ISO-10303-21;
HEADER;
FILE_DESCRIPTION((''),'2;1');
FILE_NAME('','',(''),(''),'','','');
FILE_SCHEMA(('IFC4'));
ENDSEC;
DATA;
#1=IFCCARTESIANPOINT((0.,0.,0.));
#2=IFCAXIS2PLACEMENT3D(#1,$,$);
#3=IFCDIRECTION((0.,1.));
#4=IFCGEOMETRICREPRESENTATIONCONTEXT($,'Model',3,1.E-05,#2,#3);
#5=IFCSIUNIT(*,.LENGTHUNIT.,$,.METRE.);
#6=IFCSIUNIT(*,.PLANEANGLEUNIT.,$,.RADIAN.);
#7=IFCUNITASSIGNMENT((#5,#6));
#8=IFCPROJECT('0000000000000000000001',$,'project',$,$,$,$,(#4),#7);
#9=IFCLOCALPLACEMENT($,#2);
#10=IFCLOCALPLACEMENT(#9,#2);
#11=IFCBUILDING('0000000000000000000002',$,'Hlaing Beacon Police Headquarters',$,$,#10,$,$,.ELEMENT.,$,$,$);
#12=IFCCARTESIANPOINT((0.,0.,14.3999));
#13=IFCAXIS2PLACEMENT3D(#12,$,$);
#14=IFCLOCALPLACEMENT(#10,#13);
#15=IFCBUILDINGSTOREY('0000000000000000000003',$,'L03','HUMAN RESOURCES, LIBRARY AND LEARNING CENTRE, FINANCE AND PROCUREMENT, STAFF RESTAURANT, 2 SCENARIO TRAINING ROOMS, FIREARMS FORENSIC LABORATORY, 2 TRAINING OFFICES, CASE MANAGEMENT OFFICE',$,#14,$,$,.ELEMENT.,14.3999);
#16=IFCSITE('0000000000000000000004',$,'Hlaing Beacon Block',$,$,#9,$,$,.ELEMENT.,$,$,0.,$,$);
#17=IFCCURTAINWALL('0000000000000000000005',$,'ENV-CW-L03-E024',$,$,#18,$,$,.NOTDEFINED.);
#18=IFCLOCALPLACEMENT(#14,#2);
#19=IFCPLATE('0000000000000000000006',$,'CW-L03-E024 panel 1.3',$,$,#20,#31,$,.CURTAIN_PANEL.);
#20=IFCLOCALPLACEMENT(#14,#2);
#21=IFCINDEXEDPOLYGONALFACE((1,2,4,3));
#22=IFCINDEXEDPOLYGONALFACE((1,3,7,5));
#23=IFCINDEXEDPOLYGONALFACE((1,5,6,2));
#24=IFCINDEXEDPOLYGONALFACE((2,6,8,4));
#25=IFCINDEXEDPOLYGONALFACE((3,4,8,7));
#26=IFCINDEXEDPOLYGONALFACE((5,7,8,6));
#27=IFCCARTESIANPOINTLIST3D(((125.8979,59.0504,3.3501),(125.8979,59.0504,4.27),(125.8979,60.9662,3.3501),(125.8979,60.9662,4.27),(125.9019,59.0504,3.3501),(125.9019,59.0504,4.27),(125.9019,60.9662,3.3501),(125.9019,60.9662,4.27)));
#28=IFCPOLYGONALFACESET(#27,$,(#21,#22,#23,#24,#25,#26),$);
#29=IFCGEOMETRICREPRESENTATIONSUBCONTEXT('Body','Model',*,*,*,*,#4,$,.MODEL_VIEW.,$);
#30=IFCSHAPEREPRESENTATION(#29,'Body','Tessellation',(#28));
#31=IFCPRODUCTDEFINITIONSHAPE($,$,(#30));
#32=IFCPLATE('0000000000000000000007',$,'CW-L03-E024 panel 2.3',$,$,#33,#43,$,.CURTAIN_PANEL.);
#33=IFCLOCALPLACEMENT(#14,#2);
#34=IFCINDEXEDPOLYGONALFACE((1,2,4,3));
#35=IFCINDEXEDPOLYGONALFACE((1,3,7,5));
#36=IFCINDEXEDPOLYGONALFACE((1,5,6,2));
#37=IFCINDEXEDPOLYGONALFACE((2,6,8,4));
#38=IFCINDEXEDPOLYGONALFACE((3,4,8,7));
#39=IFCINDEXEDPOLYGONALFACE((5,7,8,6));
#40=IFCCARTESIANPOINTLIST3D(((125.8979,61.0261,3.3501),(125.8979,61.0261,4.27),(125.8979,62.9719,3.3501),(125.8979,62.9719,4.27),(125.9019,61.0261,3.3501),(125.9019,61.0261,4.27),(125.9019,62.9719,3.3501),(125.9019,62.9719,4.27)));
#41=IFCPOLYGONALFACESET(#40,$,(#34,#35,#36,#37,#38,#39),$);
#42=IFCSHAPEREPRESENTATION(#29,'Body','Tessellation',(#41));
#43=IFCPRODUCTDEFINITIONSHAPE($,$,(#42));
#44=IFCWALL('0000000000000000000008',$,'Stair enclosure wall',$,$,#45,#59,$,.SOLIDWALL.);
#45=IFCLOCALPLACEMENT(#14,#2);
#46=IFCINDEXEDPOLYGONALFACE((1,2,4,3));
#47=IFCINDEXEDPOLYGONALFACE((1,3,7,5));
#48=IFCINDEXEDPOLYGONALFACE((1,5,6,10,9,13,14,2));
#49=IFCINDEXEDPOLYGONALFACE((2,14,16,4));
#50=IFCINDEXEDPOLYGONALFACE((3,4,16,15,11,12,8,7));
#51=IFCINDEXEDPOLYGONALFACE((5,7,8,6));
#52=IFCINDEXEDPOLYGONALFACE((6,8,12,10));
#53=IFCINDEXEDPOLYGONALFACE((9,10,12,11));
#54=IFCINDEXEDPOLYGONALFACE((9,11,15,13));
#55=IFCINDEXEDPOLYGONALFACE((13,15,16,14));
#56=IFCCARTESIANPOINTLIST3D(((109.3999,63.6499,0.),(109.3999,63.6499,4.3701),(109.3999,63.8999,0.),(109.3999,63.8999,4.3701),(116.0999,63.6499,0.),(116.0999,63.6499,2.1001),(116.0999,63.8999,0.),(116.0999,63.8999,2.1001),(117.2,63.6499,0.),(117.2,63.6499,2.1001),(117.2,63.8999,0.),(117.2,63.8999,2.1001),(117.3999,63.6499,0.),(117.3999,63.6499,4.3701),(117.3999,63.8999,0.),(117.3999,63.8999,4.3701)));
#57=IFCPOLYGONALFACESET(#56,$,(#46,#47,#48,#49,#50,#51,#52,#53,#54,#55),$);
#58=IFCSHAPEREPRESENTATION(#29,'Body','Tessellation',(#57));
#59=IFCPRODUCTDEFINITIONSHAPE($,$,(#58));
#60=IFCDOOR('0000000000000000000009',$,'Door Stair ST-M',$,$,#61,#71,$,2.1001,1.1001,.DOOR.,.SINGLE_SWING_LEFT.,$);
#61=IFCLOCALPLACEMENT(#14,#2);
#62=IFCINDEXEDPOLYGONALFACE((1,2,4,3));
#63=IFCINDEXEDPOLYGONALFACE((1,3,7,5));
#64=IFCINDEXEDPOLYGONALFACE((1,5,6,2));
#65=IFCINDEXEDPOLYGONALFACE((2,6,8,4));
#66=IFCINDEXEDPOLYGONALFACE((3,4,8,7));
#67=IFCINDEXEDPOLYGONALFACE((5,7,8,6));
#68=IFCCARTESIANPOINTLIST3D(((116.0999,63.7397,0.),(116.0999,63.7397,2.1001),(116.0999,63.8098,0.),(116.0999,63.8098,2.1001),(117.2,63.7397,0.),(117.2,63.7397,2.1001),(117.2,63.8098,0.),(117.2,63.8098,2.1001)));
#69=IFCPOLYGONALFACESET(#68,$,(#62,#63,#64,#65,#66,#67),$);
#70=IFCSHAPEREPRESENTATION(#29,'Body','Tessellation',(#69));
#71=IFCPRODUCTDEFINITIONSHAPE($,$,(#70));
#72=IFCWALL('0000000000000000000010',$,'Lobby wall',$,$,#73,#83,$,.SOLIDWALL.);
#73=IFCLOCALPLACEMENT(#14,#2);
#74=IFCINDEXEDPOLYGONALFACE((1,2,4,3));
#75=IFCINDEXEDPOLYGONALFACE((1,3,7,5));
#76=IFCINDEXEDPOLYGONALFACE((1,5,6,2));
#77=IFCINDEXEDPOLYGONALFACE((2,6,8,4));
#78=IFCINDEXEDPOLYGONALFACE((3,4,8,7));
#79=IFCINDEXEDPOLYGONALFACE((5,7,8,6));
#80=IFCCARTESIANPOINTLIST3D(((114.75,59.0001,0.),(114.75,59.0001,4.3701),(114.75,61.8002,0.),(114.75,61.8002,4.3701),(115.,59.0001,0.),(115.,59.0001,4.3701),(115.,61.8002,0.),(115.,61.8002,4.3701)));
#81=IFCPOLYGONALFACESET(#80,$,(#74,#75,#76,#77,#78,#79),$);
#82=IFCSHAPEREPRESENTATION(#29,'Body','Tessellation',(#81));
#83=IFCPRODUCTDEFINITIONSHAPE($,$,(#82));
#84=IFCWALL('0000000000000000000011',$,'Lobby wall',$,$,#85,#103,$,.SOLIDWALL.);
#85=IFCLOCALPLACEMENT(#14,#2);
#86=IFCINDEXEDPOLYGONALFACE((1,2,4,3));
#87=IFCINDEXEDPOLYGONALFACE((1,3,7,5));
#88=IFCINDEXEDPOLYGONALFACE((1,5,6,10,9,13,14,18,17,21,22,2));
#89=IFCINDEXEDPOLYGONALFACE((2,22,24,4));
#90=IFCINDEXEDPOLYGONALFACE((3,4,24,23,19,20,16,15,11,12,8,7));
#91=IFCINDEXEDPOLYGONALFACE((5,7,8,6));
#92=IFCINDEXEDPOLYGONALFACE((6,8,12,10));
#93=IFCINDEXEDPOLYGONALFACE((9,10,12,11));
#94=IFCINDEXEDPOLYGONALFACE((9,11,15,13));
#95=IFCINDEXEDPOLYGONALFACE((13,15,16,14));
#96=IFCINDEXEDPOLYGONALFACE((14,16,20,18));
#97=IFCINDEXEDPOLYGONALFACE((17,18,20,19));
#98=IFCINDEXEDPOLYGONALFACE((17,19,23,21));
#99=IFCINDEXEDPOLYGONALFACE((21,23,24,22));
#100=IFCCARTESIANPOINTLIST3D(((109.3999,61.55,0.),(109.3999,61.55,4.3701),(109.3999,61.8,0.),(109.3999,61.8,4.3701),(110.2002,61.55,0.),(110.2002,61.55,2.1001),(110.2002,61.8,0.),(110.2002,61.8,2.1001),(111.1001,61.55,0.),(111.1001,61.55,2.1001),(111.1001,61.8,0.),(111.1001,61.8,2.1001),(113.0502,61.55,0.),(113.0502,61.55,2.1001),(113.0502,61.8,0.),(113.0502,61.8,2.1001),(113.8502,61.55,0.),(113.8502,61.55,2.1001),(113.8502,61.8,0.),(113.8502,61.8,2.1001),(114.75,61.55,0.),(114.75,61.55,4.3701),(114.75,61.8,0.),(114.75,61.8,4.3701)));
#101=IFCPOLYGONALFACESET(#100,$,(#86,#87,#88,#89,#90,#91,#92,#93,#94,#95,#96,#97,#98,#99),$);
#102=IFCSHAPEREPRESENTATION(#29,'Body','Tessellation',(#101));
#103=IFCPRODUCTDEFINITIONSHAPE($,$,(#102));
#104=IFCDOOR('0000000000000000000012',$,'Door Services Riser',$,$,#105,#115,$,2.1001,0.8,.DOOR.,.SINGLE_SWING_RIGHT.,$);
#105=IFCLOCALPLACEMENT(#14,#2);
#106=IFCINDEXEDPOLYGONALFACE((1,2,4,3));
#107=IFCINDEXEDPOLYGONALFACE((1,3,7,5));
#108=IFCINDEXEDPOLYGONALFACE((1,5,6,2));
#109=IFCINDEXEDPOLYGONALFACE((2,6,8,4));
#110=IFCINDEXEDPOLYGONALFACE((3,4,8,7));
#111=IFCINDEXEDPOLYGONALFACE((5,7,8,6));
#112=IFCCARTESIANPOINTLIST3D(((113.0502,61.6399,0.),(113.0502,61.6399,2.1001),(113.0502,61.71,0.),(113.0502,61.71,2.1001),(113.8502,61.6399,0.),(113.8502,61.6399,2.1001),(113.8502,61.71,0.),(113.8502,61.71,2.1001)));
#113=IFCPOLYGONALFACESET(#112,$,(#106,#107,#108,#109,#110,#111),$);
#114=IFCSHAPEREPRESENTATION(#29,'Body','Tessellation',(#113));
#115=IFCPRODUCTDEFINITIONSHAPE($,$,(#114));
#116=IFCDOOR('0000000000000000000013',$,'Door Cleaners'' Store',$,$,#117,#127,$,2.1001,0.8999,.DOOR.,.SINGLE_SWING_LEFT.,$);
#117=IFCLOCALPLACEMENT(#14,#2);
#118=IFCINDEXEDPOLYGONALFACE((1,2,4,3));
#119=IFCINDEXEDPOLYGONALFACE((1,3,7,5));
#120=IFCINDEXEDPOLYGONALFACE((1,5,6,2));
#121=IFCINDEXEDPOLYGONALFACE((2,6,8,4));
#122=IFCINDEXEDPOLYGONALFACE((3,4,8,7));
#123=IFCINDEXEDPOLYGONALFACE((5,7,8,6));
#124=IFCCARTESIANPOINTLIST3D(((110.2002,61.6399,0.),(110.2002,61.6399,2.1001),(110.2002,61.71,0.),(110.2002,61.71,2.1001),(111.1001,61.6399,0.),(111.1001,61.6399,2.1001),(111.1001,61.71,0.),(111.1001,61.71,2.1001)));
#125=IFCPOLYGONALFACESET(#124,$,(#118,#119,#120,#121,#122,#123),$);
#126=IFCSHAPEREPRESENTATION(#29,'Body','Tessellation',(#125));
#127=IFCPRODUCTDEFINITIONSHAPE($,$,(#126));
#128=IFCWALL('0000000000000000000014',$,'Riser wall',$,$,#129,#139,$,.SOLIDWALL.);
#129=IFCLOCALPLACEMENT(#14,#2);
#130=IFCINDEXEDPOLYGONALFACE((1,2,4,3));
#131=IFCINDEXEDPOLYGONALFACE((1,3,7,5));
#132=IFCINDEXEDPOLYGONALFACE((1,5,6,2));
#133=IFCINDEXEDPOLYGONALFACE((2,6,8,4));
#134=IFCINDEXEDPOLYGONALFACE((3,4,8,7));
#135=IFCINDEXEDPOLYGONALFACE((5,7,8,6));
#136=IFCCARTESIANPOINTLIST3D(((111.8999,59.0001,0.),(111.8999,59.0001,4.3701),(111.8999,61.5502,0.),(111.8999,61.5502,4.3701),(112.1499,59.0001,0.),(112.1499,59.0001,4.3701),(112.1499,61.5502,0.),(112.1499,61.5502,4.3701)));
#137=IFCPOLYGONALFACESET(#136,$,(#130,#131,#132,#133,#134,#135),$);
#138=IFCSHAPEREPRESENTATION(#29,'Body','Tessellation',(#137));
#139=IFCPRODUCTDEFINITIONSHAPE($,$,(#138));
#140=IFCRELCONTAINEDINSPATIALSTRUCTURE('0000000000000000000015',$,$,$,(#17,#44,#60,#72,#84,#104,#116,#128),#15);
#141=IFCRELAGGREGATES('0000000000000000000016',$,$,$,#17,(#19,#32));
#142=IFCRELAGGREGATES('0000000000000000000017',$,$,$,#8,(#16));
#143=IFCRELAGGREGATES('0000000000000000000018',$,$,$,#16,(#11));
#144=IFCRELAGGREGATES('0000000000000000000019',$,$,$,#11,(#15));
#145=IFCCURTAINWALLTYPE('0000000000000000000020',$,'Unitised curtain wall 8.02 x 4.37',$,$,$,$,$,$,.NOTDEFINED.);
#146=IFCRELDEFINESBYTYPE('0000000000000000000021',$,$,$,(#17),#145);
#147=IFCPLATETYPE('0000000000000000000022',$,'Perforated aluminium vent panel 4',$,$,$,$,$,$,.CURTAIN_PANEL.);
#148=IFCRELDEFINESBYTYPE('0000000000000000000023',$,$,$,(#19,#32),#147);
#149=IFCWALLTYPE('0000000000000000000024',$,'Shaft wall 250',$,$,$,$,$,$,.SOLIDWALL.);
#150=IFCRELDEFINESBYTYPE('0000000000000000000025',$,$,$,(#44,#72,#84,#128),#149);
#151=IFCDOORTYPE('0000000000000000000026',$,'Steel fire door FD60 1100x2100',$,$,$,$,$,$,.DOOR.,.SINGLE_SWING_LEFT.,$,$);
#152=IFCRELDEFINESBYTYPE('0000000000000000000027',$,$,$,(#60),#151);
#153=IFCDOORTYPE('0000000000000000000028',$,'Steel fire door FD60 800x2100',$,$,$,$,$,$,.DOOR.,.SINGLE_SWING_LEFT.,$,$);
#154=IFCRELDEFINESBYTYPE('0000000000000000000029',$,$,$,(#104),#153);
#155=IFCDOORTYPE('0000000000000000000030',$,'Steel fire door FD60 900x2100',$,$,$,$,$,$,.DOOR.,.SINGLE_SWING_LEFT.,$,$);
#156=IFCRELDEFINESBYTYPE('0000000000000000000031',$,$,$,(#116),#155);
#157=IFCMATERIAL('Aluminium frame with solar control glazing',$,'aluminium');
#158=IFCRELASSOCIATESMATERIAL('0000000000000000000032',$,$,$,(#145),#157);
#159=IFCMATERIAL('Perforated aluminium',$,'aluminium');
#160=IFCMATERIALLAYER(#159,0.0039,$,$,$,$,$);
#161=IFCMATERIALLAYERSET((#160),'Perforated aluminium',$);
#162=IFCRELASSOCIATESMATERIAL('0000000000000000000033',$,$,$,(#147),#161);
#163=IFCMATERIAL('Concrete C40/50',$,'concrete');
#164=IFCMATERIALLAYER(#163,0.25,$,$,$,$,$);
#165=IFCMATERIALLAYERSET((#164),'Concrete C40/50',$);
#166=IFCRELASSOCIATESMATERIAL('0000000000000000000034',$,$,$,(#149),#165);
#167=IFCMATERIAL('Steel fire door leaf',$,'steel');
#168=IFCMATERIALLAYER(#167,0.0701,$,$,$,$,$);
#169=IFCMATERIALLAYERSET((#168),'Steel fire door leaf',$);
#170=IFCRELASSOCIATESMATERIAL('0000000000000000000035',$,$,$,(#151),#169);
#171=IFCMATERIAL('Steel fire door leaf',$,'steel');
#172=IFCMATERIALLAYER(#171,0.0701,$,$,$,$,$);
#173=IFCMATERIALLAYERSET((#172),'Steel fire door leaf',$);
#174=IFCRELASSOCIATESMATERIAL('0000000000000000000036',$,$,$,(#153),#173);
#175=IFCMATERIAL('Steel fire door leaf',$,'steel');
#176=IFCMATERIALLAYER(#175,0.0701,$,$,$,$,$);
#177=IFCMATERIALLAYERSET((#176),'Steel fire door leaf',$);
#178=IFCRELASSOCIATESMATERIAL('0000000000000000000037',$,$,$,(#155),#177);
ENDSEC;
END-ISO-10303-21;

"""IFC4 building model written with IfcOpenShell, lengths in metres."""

from ifc_helpers import new_model, si_unit, direction, frame, frame_2d, origin, origin_2d, place, context, subcontext, project, spatial, rectangle, extrude, material, layer, layer_set, type_object, element, fill, aggregate, save


model = new_model("IFC4")

# Units and contexts
model_context = context("Model", 3, precision=1e-05, world=origin(), true_north=direction((0.0, 1.0)))
body_context = subcontext(model_context, "Body", "Model", "MODEL_VIEW")
ifc_project = project(units=[si_unit("LENGTHUNIT", "METRE"), si_unit("PLANEANGLEUNIT", "RADIAN")], contexts=[model_context])

# Site, building, storey
site_placement = place(None, origin())
site = spatial("IfcSite", under=ifc_project, at=site_placement, Name="Hlaing Beacon Block", CompositionType="ELEMENT", RefElevation=0.0)
building_placement = place(site_placement, origin())
building = spatial("IfcBuilding", under=site, at=building_placement, Name="Hlaing Beacon Police Headquarters", CompositionType="ELEMENT")
storey_placement = place(building_placement, frame((0.0, 0.0, 14.3999)))
storey = spatial("IfcBuildingStorey", under=building, at=storey_placement, Name="L03", Description="HUMAN RESOURCES, LIBRARY AND LEARNING CENTRE, FINANCE AND PROCUREMENT, STAFF RESTAURANT, 2 SCENARIO TRAINING ROOMS, FIREARMS FORENSIC LABORATORY, 2 TRAINING OFFICES, CASE MANAGEMENT OFFICE", CompositionType="ELEMENT", Elevation=14.3999)

# Curtain wall
ifc_material_1 = material(Name="Aluminium frame with solar control glazing", Category="aluminium")
curtain_wall_type = type_object("IfcCurtainWallType", Name="Unitised curtain wall 8.02 x 4.37", PredefinedType="NOTDEFINED", material=ifc_material_1)
curtain_wall_placement = place(storey_placement, origin())
curtain_wall = element("IfcCurtainWall", 1, at=curtain_wall_placement, inside=storey, type_object=curtain_wall_type, Name="ENV-CW-L03-E024", PredefinedType="NOTDEFINED")

# Plates
ifc_material_2 = material(Name="Perforated aluminium", Category="aluminium")
ifc_layer_1 = layer(ifc_material_2, 0.0039)
ifc_layer_set_1 = layer_set([ifc_layer_1], Name="Perforated aluminium")
plate_type_1 = type_object("IfcPlateType", Name="Perforated aluminium vent panel 4", PredefinedType="CURTAIN_PANEL", material=ifc_layer_set_1)
plate_1_placement = place(storey_placement, frame((125.8999, 60.0083, 3.3501), z_axis=(0.0, 0.0, 1.0), x_axis=(0.0, 1.0, 0.0)))
plate_1 = element("IfcPlate", 2, at=plate_1_placement, type_object=plate_type_1, Name="CW-L03-E024 panel 1.3", PredefinedType="CURTAIN_PANEL", context=body_context, shape_type="SweptSolid", body=[
    extrude(rectangle(XDim=1.9158, YDim=0.0039, at=origin_2d()), origin(), (0.0, 0.0, 1.0), 0.9199),
])
plate_2_placement = place(storey_placement, frame((125.8999, 61.999, 3.3501), z_axis=(0.0, 0.0, 1.0), x_axis=(0.0, 1.0, 0.0)))
plate_2 = element("IfcPlate", 3, at=plate_2_placement, type_object=plate_type_1, Name="CW-L03-E024 panel 2.3", PredefinedType="CURTAIN_PANEL", context=body_context, shape_type="SweptSolid", body=[
    extrude(rectangle(XDim=1.9458, YDim=0.0039, at=origin_2d()), origin(), (0.0, 0.0, 1.0), 0.9199),
])
aggregate(curtain_wall, [plate_1, plate_2])

# Wall, opening, door
ifc_material_3 = material(Name="Concrete C40/50", Category="concrete")
ifc_layer_2 = layer(ifc_material_3, 0.25)
ifc_layer_set_2 = layer_set([ifc_layer_2], Name="Concrete C40/50")
wall_type = type_object("IfcWallType", Name="Shaft wall 250", PredefinedType="SOLIDWALL", material=ifc_layer_set_2)
wall_1_placement = place(storey_placement, frame((117.3999, 63.7749, 0.0), z_axis=(0.0, 0.0, 1.0), x_axis=(-1.0, 0.0, 0.0)))
wall_1 = element("IfcWall", 4, at=wall_1_placement, inside=storey, type_object=wall_type, Name="Stair enclosure wall", PredefinedType="SOLIDWALL", context=body_context, shape_type="SweptSolid", body=[
    extrude(rectangle(XDim=8.0, YDim=0.25, at=frame_2d((4.0, 0.0))), origin(), (0.0, 0.0, 1.0), 4.3701),
])
opening_1_placement = place(wall_1_placement, frame((0.2, 0.0, 0.0)))
opening_1 = element("IfcOpeningElement", 5, at=opening_1_placement, cuts=wall_1, PredefinedType="OPENING", context=body_context, shape_type="SweptSolid", body=[
    extrude(rectangle(XDim=1.1001, YDim=2.1001, at=frame_2d((0.55, 1.05))), frame((0.0, 0.135, 0.0), z_axis=(0.0, -1.0, 0.0), x_axis=(1.0, 0.0, 0.0)), (0.0, 0.0, 1.0), 0.27),
])
ifc_material_4 = material(Name="Steel fire door leaf", Category="steel")
ifc_layer_3 = layer(ifc_material_4, 0.0701)
ifc_layer_set_3 = layer_set([ifc_layer_3], Name="Steel fire door leaf")
door_type_1 = type_object("IfcDoorType", Name="Steel fire door FD60 1100x2100", OperationType="SINGLE_SWING_LEFT", PredefinedType="DOOR", material=ifc_layer_set_3)
door_1_placement = place(opening_1_placement, frame((1.1001, 0.0, 0.0), z_axis=(0.0, 0.0, 1.0), x_axis=(-1.0, 0.0, 0.0)))
door_1 = element("IfcDoor", 6, at=door_1_placement, inside=storey, type_object=door_type_1, Name="Door Stair ST-M", OperationType="SINGLE_SWING_LEFT", OverallHeight=2.1001, OverallWidth=1.1001, PredefinedType="DOOR", context=body_context, shape_type="SweptSolid", body=[
    extrude(rectangle(XDim=1.1001, YDim=2.1001, at=frame_2d((0.55, 1.05))), frame((0.0, 0.0349, 0.0), z_axis=(0.0, -1.0, 0.0), x_axis=(1.0, 0.0, 0.0)), (0.0, 0.0, 1.0), 0.0701),
])
fill(opening_1, door_1)

# Wall
wall_2_placement = place(storey_placement, frame((114.875, 61.8, 0.0), z_axis=(0.0, 0.0, 1.0), x_axis=(0.0, -1.0, 0.0)))
element("IfcWall", 7, at=wall_2_placement, inside=storey, type_object=wall_type, Name="Lobby wall", PredefinedType="SOLIDWALL", context=body_context, shape_type="SweptSolid", body=[
    extrude(rectangle(XDim=2.8, YDim=0.25, at=frame_2d((1.3999, 0.0))), origin(), (0.0, 0.0, 1.0), 4.3701),
])

# Wall, openings, doors
wall_3_placement = place(storey_placement, frame((114.75, 61.675, 0.0), z_axis=(0.0, 0.0, 1.0), x_axis=(-1.0, 0.0, 0.0)))
wall_3 = element("IfcWall", 8, at=wall_3_placement, inside=storey, type_object=wall_type, Name="Lobby wall", PredefinedType="SOLIDWALL", context=body_context, shape_type="SweptSolid", body=[
    extrude(rectangle(XDim=5.3501, YDim=0.25, at=frame_2d((2.675, 0.0))), origin(), (0.0, 0.0, 1.0), 4.3701),
])
opening_2_placement = place(wall_3_placement, frame((3.6499, 0.0, 0.0)))
opening_2 = element("IfcOpeningElement", 9, at=opening_2_placement, cuts=wall_3, PredefinedType="OPENING", context=body_context, shape_type="SweptSolid", body=[
    extrude(rectangle(XDim=0.8999, YDim=2.1001, at=frame_2d((0.45, 1.05))), frame((0.0, 0.135, 0.0), z_axis=(0.0, -1.0, 0.0), x_axis=(1.0, 0.0, 0.0)), (0.0, 0.0, 1.0), 0.27),
])
opening_3_placement = place(wall_3_placement, frame((0.8999, 0.0, 0.0)))
opening_3 = element("IfcOpeningElement", 10, at=opening_3_placement, cuts=wall_3, PredefinedType="OPENING", context=body_context, shape_type="SweptSolid", body=[
    extrude(rectangle(XDim=0.8, YDim=2.1001, at=frame_2d((0.3999, 1.05))), frame((0.0, 0.135, 0.0), z_axis=(0.0, -1.0, 0.0), x_axis=(1.0, 0.0, 0.0)), (0.0, 0.0, 1.0), 0.27),
])
ifc_material_5 = material(Name="Steel fire door leaf", Category="steel")
ifc_layer_4 = layer(ifc_material_5, 0.0701)
ifc_layer_set_4 = layer_set([ifc_layer_4], Name="Steel fire door leaf")
door_type_2 = type_object("IfcDoorType", Name="Steel fire door FD60 800x2100", OperationType="SINGLE_SWING_LEFT", PredefinedType="DOOR", material=ifc_layer_set_4)
door_2_placement = place(opening_3_placement, origin())
door_2 = element("IfcDoor", 11, at=door_2_placement, inside=storey, type_object=door_type_2, Name="Door Services Riser", OperationType="SINGLE_SWING_RIGHT", OverallHeight=2.1001, OverallWidth=0.8, PredefinedType="DOOR", context=body_context, shape_type="SweptSolid", body=[
    extrude(rectangle(XDim=0.8, YDim=2.1001, at=frame_2d((0.3999, 1.05))), frame((0.0, 0.0352, 0.0), z_axis=(0.0, -1.0, 0.0), x_axis=(1.0, 0.0, 0.0)), (0.0, 0.0, 1.0), 0.0701),
])
fill(opening_3, door_2)
ifc_material_6 = material(Name="Steel fire door leaf", Category="steel")
ifc_layer_5 = layer(ifc_material_6, 0.0701)
ifc_layer_set_5 = layer_set([ifc_layer_5], Name="Steel fire door leaf")
door_type_3 = type_object("IfcDoorType", Name="Steel fire door FD60 900x2100", OperationType="SINGLE_SWING_LEFT", PredefinedType="DOOR", material=ifc_layer_set_5)
door_3_placement = place(opening_2_placement, origin())
door_3 = element("IfcDoor", 12, at=door_3_placement, inside=storey, type_object=door_type_3, Name="Door Cleaners' Store", OperationType="SINGLE_SWING_LEFT", OverallHeight=2.1001, OverallWidth=0.8999, PredefinedType="DOOR", context=body_context, shape_type="SweptSolid", body=[
    extrude(rectangle(XDim=0.8999, YDim=2.1001, at=frame_2d((0.45, 1.05))), frame((0.0, 0.0352, 0.0), z_axis=(0.0, -1.0, 0.0), x_axis=(1.0, 0.0, 0.0)), (0.0, 0.0, 1.0), 0.0701),
])
fill(opening_2, door_3)

# Wall
wall_4_placement = place(storey_placement, frame((112.0249, 61.55, 0.0), z_axis=(0.0, 0.0, 1.0), x_axis=(0.0, -1.0, 0.0)))
element("IfcWall", 13, at=wall_4_placement, inside=storey, type_object=wall_type, Name="Riser wall", PredefinedType="SOLIDWALL", context=body_context, shape_type="SweptSolid", body=[
    extrude(rectangle(XDim=2.55, YDim=0.25, at=frame_2d((1.2749, 0.0))), origin(), (0.0, 0.0, 1.0), 4.3701),
])

save(model, "model.ifc")
